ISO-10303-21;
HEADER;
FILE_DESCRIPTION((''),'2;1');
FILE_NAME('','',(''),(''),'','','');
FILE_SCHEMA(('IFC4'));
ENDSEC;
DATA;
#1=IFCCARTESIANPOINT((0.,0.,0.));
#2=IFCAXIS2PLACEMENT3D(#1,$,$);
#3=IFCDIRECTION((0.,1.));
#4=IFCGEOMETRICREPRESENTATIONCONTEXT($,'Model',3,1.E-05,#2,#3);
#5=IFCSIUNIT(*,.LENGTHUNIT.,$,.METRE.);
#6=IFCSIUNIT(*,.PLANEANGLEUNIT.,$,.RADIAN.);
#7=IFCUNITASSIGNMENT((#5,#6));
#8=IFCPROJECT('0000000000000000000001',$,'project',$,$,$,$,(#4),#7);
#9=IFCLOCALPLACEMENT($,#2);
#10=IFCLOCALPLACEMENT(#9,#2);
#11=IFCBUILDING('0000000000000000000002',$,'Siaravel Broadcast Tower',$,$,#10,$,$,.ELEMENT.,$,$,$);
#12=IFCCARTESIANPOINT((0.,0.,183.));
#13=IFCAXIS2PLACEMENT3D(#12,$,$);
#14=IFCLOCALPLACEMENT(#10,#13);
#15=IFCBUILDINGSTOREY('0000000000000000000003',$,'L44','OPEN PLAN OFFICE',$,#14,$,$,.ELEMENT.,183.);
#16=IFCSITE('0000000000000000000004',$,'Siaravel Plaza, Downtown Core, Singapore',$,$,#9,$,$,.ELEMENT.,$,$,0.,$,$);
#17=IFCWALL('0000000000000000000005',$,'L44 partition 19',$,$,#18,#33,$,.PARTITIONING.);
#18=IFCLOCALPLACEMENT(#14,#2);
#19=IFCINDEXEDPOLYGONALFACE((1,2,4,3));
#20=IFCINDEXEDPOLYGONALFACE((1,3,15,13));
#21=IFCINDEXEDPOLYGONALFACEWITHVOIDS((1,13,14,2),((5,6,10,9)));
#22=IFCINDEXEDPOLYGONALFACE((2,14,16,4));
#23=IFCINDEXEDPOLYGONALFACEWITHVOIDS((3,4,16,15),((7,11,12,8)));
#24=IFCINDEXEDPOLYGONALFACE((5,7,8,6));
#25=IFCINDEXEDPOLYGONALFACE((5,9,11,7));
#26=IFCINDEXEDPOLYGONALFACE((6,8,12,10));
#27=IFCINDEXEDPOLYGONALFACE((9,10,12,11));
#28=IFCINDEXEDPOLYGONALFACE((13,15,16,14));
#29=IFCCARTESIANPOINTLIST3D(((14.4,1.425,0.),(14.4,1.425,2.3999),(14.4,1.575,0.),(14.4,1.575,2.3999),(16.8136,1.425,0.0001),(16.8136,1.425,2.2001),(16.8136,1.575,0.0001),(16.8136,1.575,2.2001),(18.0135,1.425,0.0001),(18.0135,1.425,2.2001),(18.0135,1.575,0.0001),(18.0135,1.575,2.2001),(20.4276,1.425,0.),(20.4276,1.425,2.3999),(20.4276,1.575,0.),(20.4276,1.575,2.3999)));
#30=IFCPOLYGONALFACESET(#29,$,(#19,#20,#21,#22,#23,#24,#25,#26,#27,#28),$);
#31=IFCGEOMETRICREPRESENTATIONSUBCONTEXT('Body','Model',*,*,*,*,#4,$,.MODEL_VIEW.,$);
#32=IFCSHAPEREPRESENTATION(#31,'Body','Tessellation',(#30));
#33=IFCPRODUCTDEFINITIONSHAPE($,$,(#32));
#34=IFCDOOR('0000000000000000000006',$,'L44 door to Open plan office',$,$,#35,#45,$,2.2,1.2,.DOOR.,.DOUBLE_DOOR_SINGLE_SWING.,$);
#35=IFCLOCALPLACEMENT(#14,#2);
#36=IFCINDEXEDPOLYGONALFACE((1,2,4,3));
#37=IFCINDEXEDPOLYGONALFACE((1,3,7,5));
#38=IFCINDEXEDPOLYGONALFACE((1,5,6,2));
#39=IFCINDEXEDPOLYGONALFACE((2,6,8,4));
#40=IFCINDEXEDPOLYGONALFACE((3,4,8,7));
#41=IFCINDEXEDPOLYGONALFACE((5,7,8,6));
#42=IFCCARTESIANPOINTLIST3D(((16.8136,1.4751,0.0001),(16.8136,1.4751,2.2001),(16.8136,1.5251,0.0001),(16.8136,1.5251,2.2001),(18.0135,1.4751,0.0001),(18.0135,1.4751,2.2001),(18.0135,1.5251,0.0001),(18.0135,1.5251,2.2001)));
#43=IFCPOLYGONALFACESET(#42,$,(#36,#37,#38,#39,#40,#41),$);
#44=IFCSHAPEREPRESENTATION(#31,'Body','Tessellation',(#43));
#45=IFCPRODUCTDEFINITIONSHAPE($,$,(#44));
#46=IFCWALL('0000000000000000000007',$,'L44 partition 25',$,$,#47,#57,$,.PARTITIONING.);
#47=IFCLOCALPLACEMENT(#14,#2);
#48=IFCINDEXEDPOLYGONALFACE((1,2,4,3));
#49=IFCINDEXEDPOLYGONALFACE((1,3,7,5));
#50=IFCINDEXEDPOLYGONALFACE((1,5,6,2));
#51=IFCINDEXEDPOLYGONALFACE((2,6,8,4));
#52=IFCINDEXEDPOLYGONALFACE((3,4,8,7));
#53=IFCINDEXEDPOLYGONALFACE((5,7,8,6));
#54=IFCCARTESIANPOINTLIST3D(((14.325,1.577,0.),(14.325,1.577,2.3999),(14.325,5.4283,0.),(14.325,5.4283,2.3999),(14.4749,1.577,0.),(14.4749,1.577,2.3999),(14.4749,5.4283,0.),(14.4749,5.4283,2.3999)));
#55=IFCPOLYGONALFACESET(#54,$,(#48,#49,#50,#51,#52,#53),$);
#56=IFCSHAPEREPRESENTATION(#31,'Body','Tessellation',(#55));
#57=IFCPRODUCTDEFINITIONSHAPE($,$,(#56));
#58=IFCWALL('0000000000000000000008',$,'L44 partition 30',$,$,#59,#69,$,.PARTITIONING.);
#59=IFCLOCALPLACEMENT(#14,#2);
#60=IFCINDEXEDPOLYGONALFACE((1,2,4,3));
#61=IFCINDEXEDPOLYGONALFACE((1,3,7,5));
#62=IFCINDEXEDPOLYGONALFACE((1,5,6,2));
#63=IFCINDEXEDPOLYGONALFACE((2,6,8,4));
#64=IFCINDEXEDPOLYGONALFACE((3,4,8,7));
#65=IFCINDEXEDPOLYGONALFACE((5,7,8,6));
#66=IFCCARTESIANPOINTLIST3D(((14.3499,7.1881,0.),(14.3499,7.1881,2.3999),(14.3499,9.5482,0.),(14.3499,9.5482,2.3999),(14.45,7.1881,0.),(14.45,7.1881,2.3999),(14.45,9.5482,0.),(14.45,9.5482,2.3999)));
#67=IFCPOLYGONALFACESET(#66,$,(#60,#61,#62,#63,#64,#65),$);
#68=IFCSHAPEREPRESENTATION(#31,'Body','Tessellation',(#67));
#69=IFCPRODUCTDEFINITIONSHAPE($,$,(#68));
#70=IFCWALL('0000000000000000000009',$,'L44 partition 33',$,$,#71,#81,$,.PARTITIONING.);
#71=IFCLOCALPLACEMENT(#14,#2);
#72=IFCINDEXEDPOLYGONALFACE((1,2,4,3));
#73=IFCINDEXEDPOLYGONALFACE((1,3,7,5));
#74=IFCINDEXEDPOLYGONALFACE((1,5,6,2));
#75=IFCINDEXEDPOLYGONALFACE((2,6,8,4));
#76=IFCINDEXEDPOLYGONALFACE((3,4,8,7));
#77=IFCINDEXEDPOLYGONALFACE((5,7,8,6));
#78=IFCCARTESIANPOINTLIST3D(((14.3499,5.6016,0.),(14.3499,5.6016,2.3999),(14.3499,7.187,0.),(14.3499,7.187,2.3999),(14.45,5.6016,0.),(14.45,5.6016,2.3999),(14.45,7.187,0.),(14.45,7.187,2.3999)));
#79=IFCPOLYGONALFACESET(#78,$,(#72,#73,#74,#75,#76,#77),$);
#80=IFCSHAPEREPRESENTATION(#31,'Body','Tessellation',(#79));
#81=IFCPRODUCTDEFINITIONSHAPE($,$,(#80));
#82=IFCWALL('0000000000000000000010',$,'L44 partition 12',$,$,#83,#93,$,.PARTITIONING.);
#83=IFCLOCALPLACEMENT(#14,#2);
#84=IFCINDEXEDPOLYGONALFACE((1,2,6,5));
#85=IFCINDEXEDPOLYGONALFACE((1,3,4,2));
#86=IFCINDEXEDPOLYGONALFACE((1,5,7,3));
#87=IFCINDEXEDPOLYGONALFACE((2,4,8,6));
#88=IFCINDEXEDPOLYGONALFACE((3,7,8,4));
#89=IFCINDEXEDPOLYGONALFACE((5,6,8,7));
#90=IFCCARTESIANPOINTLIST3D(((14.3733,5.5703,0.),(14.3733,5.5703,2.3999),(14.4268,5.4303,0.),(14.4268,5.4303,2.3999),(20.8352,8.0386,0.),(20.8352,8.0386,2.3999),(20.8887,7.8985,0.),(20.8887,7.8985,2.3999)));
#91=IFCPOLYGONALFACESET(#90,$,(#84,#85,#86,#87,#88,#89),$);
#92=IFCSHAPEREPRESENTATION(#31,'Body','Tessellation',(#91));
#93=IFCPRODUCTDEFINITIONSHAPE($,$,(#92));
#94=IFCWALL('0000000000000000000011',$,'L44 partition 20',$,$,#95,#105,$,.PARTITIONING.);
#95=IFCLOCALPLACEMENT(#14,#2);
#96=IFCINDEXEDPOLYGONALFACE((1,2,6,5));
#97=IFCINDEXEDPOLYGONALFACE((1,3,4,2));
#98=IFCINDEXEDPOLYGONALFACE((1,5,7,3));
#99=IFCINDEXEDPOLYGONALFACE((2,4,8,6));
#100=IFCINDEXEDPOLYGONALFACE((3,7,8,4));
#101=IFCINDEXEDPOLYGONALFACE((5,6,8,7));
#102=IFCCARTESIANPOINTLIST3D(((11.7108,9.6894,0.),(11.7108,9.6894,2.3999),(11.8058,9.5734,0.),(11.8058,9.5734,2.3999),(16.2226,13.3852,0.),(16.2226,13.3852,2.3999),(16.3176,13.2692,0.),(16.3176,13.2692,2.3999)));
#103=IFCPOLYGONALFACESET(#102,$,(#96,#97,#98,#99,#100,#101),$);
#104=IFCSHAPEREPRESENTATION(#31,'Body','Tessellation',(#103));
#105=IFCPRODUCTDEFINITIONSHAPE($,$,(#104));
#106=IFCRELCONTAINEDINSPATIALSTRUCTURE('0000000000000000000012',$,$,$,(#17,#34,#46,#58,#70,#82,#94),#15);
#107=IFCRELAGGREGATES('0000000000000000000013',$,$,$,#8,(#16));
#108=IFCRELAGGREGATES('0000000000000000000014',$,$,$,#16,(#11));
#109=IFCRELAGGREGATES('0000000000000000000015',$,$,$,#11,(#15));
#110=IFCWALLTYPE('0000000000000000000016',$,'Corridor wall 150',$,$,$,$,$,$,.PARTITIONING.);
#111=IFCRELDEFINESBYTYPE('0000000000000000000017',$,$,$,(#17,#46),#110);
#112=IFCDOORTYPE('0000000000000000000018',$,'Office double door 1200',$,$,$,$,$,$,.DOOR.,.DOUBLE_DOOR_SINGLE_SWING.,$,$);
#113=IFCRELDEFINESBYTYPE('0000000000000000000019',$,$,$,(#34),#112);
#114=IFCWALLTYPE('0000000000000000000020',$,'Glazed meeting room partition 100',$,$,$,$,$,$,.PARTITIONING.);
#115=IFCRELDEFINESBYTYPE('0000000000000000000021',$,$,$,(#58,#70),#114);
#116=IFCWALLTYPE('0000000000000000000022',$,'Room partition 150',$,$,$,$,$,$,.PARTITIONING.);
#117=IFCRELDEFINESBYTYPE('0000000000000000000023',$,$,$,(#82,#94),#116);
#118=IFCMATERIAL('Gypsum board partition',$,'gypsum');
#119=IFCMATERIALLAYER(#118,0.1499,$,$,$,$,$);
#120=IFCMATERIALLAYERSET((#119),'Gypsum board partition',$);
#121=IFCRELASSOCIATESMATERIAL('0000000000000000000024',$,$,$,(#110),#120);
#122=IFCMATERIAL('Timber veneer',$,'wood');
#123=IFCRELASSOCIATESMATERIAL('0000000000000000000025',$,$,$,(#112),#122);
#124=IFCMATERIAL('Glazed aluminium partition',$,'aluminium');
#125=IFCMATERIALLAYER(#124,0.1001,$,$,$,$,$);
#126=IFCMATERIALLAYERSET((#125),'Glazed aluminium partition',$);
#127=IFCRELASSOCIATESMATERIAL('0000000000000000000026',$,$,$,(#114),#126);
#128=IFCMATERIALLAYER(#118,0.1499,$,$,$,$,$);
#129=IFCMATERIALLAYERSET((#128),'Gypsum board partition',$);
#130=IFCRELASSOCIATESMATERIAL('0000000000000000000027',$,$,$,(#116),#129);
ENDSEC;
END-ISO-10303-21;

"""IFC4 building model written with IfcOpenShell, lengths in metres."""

from ifc_helpers import new_model, si_unit, direction, frame, frame_2d, origin, place, context, subcontext, project, spatial, rectangle, extrude, material, layer, layer_set, type_object, element, fill, save


model = new_model("IFC4")

# Units and contexts
model_context = context("Model", 3, precision=1e-05, world=origin(), true_north=direction((0.0, 1.0)))
body_context = subcontext(model_context, "Body", "Model", "MODEL_VIEW")
ifc_project = project(units=[si_unit("LENGTHUNIT", "METRE"), si_unit("PLANEANGLEUNIT", "RADIAN")], contexts=[model_context])

# Site, building, storey
site_placement = place(None, origin())
site = spatial("IfcSite", under=ifc_project, at=site_placement, Name="Siaravel Plaza, Downtown Core, Singapore", CompositionType="ELEMENT", RefElevation=0.0)
building_placement = place(site_placement, origin())
building = spatial("IfcBuilding", under=site, at=building_placement, Name="Siaravel Broadcast Tower", CompositionType="ELEMENT")
storey_placement = place(building_placement, frame((0.0, 0.0, 183.0)))
storey = spatial("IfcBuildingStorey", under=building, at=storey_placement, Name="L44", Description="OPEN PLAN OFFICE", CompositionType="ELEMENT", Elevation=183.0)

# Wall, opening, door
ifc_material_1 = material(Name="Gypsum board partition", Category="gypsum")
ifc_layer_1 = layer(ifc_material_1, 0.1499)
ifc_layer_set_1 = layer_set([ifc_layer_1], Name="Gypsum board partition")
wall_type_1 = type_object("IfcWallType", Name="Corridor wall 150", PredefinedType="PARTITIONING", material=ifc_layer_set_1)
ifc_material_2 = material(Name="Timber veneer", Category="wood")
door_type_1 = type_object("IfcDoorType", Name="Office double door 1200", OperationType="DOUBLE_DOOR_SINGLE_SWING", PredefinedType="DOOR", material=ifc_material_2)
wall_1_placement = place(storey_placement, frame((20.4275, 1.5, 0.0), z_axis=(0.0, 0.0, 1.0), x_axis=(-1.0, 0.0, 0.0)))
wall_1 = element("IfcWall", 1, at=wall_1_placement, inside=storey, type_object=wall_type_1, Name="L44 partition 19", PredefinedType="PARTITIONING", context=body_context, shape_type="SweptSolid", body=[
    extrude(rectangle(XDim=6.0276, YDim=0.1499, at=frame_2d((3.0137, 0.0))), origin(), (0.0, 0.0, 1.0), 2.3999),
])
opening_1_placement = place(wall_1_placement, frame((2.4138, 0.0, 0.0)))
opening_1 = element("IfcOpeningElement", 2, at=opening_1_placement, cuts=wall_1, PredefinedType="OPENING", context=body_context, shape_type="SweptSolid", body=[
    extrude(rectangle(XDim=1.2, YDim=2.2, at=frame_2d((0.6001, 1.1001))), frame((0.0, 0.085, 0.0), z_axis=(0.0, -1.0, 0.0), x_axis=(1.0, 0.0, 0.0)), (0.0, 0.0, 1.0), 0.1699),
])
door_1_placement = place(opening_1_placement, origin())
door_1 = element("IfcDoor", 3, at=door_1_placement, inside=storey, type_object=door_type_1, Name="L44 door to Open plan office", OperationType="DOUBLE_DOOR_SINGLE_SWING", OverallHeight=2.2, OverallWidth=1.2, PredefinedType="DOOR", context=body_context, shape_type="SweptSolid", body=[
    extrude(rectangle(XDim=1.2, YDim=2.2, at=frame_2d((0.6001, 1.1001))), frame((0.0, 0.0249, 0.0), z_axis=(0.0, -1.0, 0.0), x_axis=(1.0, 0.0, 0.0)), (0.0, 0.0, 1.0), 0.05),
])
fill(opening_1, door_1)

# Wall
wall_2_placement = place(storey_placement, frame((14.3999, 1.5769, 0.0), z_axis=(0.0, 0.0, 1.0), x_axis=(0.0, 1.0, 0.0)))
element("IfcWall", 4, at=wall_2_placement, inside=storey, type_object=wall_type_1, Name="L44 partition 25", PredefinedType="PARTITIONING", context=body_context, shape_type="SweptSolid", body=[
    extrude(rectangle(XDim=3.8513, YDim=0.1499, at=frame_2d((1.9258, 0.0))), origin(), (0.0, 0.0, 1.0), 2.3999),
])

# Shared definitions
ifc_material_3 = material(Name="Glazed aluminium partition", Category="aluminium")
ifc_layer_2 = layer(ifc_material_3, 0.1001)
ifc_layer_set_2 = layer_set([ifc_layer_2], Name="Glazed aluminium partition")
wall_type_2 = type_object("IfcWallType", Name="Glazed meeting room partition 100", PredefinedType="PARTITIONING", material=ifc_layer_set_2)

# Walls
wall_3_placement = place(storey_placement, frame((14.3999, 7.188, 0.0), z_axis=(0.0, 0.0, 1.0), x_axis=(0.0, 1.0, 0.0)))
element("IfcWall", 5, at=wall_3_placement, inside=storey, type_object=wall_type_2, Name="L44 partition 30", PredefinedType="PARTITIONING", context=body_context, shape_type="SweptSolid", body=[
    extrude(rectangle(XDim=2.3601, YDim=0.1001, at=frame_2d((1.1802, 0.0))), origin(), (0.0, 0.0, 1.0), 2.3999),
])
wall_4_placement = place(storey_placement, frame((14.3999, 5.6016, 0.0), z_axis=(0.0, 0.0, 1.0), x_axis=(0.0, 1.0, 0.0)))
element("IfcWall", 6, at=wall_4_placement, inside=storey, type_object=wall_type_2, Name="L44 partition 33", PredefinedType="PARTITIONING", context=body_context, shape_type="SweptSolid", body=[
    extrude(rectangle(XDim=1.5854, YDim=0.1001, at=frame_2d((0.7927, 0.0))), origin(), (0.0, 0.0, 1.0), 2.3999),
])
ifc_layer_3 = layer(ifc_material_1, 0.1499)
ifc_layer_set_3 = layer_set([ifc_layer_3], Name="Gypsum board partition")
wall_type_3 = type_object("IfcWallType", Name="Room partition 150", PredefinedType="PARTITIONING", material=ifc_layer_set_3)
wall_5_placement = place(storey_placement, frame((20.8618, 7.9685, 0.0), z_axis=(0.0, 0.0, 1.0), x_axis=(-0.934171, -0.356826, 0.0)))
element("IfcWall", 7, at=wall_5_placement, inside=storey, type_object=wall_type_3, Name="L44 partition 12", PredefinedType="PARTITIONING", context=body_context, shape_type="SweptSolid", body=[
    extrude(rectangle(XDim=6.9172, YDim=0.1499, at=frame_2d((3.4585, 0.0))), origin(), (0.0, 0.0, 1.0), 2.3999),
])
wall_6_placement = place(storey_placement, frame((16.27, 13.3271, 0.0), z_axis=(0.0, 0.0, 1.0), x_axis=(-0.773588, -0.633689, 0.0)))
element("IfcWall", 8, at=wall_6_placement, inside=storey, type_object=wall_type_3, Name="L44 partition 20", PredefinedType="PARTITIONING", context=body_context, shape_type="SweptSolid", body=[
    extrude(rectangle(XDim=5.8323, YDim=0.1499, at=frame_2d((2.916, 0.0))), origin(), (0.0, 0.0, 1.0), 2.3999),
])

save(model, "model.ifc")
